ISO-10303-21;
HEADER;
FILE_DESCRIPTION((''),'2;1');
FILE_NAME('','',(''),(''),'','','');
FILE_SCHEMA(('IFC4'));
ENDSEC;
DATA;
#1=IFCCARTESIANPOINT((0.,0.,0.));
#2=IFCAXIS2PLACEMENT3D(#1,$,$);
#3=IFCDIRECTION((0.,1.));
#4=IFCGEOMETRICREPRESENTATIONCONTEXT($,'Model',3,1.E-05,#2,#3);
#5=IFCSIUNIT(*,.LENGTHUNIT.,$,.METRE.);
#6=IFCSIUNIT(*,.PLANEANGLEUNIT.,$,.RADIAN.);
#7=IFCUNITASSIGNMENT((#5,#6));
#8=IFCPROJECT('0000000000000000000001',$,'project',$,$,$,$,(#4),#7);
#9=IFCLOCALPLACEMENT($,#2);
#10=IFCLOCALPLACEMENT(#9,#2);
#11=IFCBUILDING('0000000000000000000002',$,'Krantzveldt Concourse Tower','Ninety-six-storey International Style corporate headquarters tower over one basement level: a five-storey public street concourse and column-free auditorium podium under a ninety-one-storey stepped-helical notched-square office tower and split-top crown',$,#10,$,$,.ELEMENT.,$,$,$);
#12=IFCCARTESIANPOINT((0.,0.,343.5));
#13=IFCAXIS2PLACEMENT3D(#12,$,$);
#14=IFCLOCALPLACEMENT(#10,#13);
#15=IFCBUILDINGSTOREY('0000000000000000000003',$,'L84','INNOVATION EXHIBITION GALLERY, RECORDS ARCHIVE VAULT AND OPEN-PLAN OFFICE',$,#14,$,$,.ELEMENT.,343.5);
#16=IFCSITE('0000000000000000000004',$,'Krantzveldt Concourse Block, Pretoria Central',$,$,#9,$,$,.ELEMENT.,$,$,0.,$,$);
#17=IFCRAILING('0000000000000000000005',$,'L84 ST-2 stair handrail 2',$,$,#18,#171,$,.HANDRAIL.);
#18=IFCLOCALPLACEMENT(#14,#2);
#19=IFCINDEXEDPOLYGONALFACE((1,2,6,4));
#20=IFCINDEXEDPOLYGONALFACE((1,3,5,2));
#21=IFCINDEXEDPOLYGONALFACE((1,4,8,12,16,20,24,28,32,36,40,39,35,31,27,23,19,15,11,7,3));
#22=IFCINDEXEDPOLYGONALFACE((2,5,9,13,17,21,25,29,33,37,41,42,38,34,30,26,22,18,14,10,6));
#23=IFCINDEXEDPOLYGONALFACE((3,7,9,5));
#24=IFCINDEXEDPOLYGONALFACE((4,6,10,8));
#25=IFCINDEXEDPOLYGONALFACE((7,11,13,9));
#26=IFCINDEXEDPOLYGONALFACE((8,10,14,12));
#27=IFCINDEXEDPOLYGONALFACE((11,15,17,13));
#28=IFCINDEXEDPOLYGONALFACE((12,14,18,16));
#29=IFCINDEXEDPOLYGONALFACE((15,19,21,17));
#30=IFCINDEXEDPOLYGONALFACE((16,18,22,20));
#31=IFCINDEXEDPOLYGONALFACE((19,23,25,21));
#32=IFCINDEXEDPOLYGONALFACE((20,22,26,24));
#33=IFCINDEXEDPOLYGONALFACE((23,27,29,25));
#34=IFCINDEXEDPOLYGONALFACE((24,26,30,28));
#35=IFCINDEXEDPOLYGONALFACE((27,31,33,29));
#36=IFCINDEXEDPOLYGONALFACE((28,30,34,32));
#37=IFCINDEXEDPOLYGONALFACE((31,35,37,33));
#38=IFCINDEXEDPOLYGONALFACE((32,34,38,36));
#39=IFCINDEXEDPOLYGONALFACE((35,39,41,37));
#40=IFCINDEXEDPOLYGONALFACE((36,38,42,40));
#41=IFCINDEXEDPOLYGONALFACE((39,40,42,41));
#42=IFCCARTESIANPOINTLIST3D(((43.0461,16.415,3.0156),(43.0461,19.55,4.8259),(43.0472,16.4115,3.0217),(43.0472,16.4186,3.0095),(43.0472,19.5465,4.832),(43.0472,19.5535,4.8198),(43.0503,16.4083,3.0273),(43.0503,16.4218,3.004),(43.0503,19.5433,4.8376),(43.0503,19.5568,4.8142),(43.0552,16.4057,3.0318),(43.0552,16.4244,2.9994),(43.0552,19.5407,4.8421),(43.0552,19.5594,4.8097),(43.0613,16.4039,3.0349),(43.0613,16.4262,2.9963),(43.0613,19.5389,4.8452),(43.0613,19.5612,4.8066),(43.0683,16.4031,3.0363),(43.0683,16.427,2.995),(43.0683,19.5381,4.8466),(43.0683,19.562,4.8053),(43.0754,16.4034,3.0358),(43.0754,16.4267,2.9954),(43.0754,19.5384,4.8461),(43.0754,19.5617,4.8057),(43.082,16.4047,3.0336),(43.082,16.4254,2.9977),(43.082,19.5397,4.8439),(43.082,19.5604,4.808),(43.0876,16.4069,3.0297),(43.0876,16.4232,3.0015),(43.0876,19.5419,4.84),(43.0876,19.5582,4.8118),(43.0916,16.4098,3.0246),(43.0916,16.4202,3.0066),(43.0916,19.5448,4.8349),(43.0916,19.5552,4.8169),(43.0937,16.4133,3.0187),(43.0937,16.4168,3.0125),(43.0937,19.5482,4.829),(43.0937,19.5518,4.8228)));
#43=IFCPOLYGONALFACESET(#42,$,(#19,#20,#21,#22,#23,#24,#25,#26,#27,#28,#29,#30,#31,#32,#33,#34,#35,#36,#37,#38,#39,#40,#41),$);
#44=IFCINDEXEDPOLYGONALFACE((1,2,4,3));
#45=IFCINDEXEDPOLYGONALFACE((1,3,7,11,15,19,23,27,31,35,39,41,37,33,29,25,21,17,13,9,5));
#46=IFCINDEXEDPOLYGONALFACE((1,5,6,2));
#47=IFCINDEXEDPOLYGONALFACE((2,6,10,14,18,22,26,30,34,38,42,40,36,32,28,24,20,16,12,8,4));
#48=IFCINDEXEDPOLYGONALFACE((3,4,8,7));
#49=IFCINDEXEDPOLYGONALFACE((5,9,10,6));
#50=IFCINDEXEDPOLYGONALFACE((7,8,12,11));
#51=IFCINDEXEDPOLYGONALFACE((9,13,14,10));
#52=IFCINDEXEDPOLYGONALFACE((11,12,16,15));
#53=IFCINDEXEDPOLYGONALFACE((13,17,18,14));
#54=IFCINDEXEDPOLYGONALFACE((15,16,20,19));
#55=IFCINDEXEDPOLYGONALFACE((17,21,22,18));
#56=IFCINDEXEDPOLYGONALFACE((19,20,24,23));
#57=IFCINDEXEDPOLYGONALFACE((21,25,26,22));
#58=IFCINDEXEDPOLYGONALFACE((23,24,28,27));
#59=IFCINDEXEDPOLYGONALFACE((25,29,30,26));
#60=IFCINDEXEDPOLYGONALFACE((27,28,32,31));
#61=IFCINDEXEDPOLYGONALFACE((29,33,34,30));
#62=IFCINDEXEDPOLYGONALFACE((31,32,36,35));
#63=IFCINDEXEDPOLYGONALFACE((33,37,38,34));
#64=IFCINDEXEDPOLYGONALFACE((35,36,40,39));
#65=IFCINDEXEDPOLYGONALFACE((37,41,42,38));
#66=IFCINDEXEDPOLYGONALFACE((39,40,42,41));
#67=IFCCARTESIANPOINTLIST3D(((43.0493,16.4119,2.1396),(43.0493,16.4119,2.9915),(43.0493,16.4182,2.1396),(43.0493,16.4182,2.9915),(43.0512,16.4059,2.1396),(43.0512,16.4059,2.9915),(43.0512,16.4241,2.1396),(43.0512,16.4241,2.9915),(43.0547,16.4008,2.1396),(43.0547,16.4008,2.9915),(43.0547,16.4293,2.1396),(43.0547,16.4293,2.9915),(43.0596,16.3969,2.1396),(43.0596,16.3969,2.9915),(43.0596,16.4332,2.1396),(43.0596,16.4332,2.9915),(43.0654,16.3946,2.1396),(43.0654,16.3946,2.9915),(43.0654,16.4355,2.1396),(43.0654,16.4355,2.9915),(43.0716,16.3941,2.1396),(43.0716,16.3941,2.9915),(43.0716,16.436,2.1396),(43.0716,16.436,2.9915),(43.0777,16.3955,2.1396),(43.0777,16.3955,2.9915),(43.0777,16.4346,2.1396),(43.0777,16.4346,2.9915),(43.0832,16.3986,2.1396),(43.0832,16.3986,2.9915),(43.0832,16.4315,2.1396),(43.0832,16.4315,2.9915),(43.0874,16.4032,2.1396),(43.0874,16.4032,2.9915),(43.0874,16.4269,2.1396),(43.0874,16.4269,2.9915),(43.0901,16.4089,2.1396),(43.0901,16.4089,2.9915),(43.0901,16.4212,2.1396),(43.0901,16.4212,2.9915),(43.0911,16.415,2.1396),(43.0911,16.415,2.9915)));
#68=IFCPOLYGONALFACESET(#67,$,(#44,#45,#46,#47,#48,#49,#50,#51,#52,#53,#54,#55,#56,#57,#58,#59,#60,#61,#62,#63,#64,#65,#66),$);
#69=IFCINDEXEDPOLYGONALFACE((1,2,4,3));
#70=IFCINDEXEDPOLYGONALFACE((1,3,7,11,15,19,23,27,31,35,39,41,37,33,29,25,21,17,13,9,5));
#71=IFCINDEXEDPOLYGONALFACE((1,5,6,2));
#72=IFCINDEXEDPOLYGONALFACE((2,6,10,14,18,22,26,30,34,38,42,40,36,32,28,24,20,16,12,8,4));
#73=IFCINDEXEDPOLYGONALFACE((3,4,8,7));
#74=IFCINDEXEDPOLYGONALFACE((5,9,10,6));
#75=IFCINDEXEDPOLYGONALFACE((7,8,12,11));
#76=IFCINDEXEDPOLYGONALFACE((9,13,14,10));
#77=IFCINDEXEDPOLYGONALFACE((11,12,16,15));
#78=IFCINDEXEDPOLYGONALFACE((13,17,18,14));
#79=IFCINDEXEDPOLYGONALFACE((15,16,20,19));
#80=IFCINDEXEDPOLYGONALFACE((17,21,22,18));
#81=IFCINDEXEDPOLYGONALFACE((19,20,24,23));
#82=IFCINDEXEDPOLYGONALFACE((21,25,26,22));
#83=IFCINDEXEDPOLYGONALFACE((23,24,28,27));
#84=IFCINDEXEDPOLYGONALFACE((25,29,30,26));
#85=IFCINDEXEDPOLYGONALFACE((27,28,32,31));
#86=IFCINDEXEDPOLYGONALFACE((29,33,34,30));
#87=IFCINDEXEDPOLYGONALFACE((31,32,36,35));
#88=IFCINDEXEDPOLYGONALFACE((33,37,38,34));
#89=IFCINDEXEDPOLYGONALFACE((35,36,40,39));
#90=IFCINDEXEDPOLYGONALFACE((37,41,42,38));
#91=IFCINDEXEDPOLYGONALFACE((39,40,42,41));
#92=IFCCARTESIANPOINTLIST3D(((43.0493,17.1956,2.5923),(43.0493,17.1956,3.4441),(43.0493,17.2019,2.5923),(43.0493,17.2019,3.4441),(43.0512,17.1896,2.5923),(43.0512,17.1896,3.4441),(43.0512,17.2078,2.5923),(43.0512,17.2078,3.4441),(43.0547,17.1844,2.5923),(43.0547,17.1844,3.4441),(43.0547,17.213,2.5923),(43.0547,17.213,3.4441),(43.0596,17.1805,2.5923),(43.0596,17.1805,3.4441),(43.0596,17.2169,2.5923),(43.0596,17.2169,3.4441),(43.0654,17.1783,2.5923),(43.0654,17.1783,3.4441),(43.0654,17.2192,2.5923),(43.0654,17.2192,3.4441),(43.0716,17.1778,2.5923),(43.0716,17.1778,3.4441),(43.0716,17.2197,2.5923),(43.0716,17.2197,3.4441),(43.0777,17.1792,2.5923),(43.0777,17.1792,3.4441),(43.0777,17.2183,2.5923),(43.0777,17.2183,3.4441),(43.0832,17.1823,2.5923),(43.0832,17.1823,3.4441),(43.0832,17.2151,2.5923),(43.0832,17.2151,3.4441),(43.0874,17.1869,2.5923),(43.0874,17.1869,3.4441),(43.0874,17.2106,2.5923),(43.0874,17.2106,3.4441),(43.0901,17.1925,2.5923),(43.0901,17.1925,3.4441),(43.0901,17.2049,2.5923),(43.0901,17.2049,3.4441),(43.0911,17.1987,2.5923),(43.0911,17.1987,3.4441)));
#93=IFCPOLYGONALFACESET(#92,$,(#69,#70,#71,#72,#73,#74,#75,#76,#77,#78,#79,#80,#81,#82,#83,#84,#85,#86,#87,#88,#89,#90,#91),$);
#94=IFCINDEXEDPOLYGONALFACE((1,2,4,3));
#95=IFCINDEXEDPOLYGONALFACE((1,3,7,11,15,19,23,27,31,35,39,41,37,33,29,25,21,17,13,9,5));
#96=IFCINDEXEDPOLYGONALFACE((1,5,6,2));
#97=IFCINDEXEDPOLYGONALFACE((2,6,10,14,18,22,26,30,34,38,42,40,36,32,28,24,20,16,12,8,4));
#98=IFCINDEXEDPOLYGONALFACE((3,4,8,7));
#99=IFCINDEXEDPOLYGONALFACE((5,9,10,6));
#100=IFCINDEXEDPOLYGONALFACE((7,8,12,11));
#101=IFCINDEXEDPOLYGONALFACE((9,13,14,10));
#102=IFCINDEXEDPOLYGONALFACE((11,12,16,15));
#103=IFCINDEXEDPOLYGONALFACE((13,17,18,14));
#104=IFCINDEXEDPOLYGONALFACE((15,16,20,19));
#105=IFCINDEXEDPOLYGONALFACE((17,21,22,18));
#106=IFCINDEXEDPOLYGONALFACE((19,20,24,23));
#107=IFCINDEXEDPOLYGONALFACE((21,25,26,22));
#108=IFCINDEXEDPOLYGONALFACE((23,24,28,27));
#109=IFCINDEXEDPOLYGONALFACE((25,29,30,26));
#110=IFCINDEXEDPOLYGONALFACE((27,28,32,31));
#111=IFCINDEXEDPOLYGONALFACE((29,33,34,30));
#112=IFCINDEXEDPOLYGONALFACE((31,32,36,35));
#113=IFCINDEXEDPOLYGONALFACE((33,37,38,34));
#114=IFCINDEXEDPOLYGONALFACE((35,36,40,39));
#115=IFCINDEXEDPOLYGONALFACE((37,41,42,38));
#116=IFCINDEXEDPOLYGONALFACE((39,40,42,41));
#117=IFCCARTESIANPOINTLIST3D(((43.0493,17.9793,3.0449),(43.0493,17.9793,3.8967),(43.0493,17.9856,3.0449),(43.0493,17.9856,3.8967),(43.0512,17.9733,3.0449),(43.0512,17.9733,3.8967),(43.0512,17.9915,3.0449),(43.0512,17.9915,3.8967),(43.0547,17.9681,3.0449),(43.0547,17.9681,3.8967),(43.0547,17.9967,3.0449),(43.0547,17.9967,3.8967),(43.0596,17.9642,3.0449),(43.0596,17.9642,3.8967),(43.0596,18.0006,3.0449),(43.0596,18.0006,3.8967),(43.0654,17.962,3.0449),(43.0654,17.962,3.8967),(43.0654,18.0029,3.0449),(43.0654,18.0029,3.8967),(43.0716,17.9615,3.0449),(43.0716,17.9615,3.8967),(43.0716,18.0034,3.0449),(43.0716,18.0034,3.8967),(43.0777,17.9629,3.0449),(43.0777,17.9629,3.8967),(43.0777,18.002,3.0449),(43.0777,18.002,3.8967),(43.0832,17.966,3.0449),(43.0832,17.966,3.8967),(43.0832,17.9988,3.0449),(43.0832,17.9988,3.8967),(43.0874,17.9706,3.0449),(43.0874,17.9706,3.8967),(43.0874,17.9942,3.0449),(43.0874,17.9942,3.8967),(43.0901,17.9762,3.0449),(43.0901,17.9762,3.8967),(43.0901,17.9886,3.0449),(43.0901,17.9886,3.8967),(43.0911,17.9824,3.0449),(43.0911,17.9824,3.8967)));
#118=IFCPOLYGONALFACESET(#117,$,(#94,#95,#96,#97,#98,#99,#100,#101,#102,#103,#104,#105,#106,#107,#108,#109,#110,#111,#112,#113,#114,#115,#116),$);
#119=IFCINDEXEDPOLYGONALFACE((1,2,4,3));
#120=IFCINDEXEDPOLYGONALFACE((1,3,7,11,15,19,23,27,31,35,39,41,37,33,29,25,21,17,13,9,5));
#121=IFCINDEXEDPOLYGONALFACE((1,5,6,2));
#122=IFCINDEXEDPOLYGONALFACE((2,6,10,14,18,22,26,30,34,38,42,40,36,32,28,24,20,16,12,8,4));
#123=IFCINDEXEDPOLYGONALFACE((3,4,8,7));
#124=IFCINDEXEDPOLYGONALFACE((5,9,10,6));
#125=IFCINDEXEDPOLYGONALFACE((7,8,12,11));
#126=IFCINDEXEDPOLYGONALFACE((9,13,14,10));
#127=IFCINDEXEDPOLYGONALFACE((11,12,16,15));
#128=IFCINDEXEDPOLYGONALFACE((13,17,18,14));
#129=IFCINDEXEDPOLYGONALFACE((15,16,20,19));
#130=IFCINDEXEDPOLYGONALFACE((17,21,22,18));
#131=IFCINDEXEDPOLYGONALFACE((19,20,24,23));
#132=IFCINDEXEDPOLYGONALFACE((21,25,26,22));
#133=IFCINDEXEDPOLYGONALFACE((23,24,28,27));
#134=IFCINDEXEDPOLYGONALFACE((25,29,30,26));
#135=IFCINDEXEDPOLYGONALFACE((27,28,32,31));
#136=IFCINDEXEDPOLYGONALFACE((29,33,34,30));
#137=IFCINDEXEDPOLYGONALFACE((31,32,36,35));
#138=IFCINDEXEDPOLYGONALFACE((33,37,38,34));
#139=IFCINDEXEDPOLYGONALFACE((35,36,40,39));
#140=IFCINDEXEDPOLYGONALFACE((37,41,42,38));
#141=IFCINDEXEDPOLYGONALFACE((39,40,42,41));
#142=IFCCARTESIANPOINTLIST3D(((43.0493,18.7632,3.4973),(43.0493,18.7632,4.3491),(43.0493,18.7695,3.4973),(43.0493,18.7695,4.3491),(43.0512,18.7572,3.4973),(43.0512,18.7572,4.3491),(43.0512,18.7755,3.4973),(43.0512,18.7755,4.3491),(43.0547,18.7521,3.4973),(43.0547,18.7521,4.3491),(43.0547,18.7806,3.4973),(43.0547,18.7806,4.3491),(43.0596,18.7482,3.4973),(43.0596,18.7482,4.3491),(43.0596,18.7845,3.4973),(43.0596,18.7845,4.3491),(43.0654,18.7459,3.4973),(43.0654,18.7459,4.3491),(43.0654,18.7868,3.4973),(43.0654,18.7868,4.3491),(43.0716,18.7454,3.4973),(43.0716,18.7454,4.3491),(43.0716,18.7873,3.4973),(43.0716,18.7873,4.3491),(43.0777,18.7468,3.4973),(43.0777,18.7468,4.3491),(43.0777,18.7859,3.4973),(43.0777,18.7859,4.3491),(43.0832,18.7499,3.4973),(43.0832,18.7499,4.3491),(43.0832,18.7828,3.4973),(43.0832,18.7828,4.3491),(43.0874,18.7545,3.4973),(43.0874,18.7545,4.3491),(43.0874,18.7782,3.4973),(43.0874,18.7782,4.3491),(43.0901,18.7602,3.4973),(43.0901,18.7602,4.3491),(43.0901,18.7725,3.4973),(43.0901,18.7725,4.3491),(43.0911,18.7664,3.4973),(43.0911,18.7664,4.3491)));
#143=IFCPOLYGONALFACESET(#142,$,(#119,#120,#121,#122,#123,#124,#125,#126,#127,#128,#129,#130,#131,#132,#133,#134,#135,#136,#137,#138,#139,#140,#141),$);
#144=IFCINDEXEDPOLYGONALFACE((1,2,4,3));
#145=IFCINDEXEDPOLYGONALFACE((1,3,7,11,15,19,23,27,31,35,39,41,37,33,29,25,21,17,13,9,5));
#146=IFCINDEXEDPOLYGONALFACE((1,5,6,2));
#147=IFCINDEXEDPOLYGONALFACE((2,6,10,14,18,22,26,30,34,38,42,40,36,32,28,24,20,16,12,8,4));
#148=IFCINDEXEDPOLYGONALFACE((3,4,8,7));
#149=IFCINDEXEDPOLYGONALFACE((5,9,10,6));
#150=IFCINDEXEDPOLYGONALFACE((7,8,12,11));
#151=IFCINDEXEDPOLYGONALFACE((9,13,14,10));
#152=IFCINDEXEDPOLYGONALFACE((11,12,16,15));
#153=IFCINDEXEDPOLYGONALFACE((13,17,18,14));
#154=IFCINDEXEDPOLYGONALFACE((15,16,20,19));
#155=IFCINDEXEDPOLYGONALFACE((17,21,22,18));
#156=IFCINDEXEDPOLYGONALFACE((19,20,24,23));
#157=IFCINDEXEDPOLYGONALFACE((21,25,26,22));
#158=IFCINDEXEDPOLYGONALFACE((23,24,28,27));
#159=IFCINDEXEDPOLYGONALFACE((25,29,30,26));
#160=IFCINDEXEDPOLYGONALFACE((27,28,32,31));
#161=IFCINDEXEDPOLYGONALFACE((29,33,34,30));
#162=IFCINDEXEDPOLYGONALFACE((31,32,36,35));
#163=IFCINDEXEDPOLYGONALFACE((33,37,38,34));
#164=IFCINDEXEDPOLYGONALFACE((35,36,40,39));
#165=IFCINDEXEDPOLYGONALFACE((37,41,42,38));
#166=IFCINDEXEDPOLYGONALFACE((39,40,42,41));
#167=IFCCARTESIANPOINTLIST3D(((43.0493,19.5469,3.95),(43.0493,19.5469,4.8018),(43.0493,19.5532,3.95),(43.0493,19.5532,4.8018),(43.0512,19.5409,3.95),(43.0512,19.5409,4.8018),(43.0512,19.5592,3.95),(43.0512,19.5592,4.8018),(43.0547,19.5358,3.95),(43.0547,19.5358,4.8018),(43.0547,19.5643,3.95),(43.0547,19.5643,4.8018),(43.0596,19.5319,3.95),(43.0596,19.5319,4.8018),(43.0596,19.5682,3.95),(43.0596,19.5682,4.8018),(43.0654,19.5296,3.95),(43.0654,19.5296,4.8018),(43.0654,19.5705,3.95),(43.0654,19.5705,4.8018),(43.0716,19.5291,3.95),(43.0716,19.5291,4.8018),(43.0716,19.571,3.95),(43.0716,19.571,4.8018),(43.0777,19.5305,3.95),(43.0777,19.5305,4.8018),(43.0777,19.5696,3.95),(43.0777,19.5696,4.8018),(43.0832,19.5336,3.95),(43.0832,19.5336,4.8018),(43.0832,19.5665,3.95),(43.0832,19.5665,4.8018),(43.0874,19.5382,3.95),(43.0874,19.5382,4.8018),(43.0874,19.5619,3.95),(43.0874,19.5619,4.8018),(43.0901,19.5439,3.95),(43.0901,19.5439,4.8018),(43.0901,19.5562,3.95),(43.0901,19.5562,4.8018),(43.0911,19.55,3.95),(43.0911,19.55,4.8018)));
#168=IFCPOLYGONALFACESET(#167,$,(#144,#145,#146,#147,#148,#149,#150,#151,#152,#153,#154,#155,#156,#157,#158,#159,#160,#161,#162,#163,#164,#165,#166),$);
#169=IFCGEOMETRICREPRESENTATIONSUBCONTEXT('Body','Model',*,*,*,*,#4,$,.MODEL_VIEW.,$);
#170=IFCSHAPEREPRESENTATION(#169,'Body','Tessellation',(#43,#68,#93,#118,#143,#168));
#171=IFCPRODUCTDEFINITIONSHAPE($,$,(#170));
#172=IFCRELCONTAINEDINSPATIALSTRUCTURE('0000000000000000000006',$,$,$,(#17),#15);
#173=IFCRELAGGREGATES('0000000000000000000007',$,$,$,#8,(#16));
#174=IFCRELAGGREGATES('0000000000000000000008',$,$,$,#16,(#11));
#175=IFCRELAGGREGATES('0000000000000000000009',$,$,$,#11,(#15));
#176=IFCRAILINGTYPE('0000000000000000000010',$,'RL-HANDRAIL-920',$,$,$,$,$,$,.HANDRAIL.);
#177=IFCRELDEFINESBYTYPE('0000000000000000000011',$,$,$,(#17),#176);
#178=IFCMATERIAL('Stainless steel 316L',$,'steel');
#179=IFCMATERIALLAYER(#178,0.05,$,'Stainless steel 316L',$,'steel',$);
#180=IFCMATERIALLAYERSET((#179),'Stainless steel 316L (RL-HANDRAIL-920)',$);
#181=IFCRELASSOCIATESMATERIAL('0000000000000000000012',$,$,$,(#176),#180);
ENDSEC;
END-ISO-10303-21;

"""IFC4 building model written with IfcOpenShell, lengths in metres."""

from ifc_helpers import new_model, si_unit, direction, frame, origin, origin_2d, place, context, subcontext, project, spatial, circle, extrude, material, layer, layer_set, type_object, element, save


model = new_model("IFC4")

# Units and contexts
model_context = context("Model", 3, precision=1e-05, world=origin(), true_north=direction((0.0, 1.0)))
body_context = subcontext(model_context, "Body", "Model", "MODEL_VIEW")
ifc_project = project(units=[si_unit("LENGTHUNIT", "METRE"), si_unit("PLANEANGLEUNIT", "RADIAN")], contexts=[model_context])

# Site, building, storey
site_placement = place(None, origin())
site = spatial("IfcSite", under=ifc_project, at=site_placement, Name="Krantzveldt Concourse Block, Pretoria Central", CompositionType="ELEMENT", RefElevation=0.0)
building_placement = place(site_placement, origin())
building = spatial("IfcBuilding", under=site, at=building_placement, Name="Krantzveldt Concourse Tower", Description="Ninety-six-storey International Style corporate headquarters tower over one basement level: a five-storey public street concourse and column-free auditorium podium under a ninety-one-storey stepped-helical notched-square office tower and split-top crown", CompositionType="ELEMENT")
storey_placement = place(building_placement, frame((0.0, 0.0, 343.5)))
storey = spatial("IfcBuildingStorey", under=building, at=storey_placement, Name="L84", Description="INNOVATION EXHIBITION GALLERY, RECORDS ARCHIVE VAULT AND OPEN-PLAN OFFICE", CompositionType="ELEMENT", Elevation=343.5)

# Railing
ifc_material_1 = material(Name="Stainless steel 316L", Category="steel")
ifc_layer_1 = layer(ifc_material_1, 0.05, Name="Stainless steel 316L", Category="steel")
ifc_layer_set_1 = layer_set([ifc_layer_1], Name="Stainless steel 316L (RL-HANDRAIL-920)")
railing_type = type_object("IfcRailingType", Name="RL-HANDRAIL-920", PredefinedType="HANDRAIL", material=ifc_layer_set_1)
railing_placement = place(storey_placement, frame((43.0701, 16.415, 2.1396)))
element("IfcRailing", 1, at=railing_placement, inside=storey, type_object=railing_type, Name="L84 ST-2 stair handrail 2", PredefinedType="HANDRAIL", context=body_context, shape_type="SweptSolid", body=[
    extrude(circle(Radius=0.0239, at=origin_2d()), frame((0.0, 0.0, 0.876), z_axis=(0.0, 0.865989, 0.500063), x_axis=(-1.0, 0.0, 0.0)), (0.0, 0.0, 1.0), 3.6201),
    extrude(circle(Radius=0.021, at=origin_2d()), origin(), (0.0, 0.0, 1.0), 0.8518),
    extrude(circle(Radius=0.021, at=origin_2d()), frame((0.0, 0.7837, 0.4526)), (0.0, 0.0, 1.0), 0.8518),
    extrude(circle(Radius=0.021, at=origin_2d()), frame((0.0, 1.5674, 0.9053)), (0.0, 0.0, 1.0), 0.8518),
    extrude(circle(Radius=0.021, at=origin_2d()), frame((0.0, 2.3513, 1.3577)), (0.0, 0.0, 1.0), 0.8518),
    extrude(circle(Radius=0.021, at=origin_2d()), frame((0.0, 3.135, 1.8103)), (0.0, 0.0, 1.0), 0.8518),
])

save(model, "model.ifc")
